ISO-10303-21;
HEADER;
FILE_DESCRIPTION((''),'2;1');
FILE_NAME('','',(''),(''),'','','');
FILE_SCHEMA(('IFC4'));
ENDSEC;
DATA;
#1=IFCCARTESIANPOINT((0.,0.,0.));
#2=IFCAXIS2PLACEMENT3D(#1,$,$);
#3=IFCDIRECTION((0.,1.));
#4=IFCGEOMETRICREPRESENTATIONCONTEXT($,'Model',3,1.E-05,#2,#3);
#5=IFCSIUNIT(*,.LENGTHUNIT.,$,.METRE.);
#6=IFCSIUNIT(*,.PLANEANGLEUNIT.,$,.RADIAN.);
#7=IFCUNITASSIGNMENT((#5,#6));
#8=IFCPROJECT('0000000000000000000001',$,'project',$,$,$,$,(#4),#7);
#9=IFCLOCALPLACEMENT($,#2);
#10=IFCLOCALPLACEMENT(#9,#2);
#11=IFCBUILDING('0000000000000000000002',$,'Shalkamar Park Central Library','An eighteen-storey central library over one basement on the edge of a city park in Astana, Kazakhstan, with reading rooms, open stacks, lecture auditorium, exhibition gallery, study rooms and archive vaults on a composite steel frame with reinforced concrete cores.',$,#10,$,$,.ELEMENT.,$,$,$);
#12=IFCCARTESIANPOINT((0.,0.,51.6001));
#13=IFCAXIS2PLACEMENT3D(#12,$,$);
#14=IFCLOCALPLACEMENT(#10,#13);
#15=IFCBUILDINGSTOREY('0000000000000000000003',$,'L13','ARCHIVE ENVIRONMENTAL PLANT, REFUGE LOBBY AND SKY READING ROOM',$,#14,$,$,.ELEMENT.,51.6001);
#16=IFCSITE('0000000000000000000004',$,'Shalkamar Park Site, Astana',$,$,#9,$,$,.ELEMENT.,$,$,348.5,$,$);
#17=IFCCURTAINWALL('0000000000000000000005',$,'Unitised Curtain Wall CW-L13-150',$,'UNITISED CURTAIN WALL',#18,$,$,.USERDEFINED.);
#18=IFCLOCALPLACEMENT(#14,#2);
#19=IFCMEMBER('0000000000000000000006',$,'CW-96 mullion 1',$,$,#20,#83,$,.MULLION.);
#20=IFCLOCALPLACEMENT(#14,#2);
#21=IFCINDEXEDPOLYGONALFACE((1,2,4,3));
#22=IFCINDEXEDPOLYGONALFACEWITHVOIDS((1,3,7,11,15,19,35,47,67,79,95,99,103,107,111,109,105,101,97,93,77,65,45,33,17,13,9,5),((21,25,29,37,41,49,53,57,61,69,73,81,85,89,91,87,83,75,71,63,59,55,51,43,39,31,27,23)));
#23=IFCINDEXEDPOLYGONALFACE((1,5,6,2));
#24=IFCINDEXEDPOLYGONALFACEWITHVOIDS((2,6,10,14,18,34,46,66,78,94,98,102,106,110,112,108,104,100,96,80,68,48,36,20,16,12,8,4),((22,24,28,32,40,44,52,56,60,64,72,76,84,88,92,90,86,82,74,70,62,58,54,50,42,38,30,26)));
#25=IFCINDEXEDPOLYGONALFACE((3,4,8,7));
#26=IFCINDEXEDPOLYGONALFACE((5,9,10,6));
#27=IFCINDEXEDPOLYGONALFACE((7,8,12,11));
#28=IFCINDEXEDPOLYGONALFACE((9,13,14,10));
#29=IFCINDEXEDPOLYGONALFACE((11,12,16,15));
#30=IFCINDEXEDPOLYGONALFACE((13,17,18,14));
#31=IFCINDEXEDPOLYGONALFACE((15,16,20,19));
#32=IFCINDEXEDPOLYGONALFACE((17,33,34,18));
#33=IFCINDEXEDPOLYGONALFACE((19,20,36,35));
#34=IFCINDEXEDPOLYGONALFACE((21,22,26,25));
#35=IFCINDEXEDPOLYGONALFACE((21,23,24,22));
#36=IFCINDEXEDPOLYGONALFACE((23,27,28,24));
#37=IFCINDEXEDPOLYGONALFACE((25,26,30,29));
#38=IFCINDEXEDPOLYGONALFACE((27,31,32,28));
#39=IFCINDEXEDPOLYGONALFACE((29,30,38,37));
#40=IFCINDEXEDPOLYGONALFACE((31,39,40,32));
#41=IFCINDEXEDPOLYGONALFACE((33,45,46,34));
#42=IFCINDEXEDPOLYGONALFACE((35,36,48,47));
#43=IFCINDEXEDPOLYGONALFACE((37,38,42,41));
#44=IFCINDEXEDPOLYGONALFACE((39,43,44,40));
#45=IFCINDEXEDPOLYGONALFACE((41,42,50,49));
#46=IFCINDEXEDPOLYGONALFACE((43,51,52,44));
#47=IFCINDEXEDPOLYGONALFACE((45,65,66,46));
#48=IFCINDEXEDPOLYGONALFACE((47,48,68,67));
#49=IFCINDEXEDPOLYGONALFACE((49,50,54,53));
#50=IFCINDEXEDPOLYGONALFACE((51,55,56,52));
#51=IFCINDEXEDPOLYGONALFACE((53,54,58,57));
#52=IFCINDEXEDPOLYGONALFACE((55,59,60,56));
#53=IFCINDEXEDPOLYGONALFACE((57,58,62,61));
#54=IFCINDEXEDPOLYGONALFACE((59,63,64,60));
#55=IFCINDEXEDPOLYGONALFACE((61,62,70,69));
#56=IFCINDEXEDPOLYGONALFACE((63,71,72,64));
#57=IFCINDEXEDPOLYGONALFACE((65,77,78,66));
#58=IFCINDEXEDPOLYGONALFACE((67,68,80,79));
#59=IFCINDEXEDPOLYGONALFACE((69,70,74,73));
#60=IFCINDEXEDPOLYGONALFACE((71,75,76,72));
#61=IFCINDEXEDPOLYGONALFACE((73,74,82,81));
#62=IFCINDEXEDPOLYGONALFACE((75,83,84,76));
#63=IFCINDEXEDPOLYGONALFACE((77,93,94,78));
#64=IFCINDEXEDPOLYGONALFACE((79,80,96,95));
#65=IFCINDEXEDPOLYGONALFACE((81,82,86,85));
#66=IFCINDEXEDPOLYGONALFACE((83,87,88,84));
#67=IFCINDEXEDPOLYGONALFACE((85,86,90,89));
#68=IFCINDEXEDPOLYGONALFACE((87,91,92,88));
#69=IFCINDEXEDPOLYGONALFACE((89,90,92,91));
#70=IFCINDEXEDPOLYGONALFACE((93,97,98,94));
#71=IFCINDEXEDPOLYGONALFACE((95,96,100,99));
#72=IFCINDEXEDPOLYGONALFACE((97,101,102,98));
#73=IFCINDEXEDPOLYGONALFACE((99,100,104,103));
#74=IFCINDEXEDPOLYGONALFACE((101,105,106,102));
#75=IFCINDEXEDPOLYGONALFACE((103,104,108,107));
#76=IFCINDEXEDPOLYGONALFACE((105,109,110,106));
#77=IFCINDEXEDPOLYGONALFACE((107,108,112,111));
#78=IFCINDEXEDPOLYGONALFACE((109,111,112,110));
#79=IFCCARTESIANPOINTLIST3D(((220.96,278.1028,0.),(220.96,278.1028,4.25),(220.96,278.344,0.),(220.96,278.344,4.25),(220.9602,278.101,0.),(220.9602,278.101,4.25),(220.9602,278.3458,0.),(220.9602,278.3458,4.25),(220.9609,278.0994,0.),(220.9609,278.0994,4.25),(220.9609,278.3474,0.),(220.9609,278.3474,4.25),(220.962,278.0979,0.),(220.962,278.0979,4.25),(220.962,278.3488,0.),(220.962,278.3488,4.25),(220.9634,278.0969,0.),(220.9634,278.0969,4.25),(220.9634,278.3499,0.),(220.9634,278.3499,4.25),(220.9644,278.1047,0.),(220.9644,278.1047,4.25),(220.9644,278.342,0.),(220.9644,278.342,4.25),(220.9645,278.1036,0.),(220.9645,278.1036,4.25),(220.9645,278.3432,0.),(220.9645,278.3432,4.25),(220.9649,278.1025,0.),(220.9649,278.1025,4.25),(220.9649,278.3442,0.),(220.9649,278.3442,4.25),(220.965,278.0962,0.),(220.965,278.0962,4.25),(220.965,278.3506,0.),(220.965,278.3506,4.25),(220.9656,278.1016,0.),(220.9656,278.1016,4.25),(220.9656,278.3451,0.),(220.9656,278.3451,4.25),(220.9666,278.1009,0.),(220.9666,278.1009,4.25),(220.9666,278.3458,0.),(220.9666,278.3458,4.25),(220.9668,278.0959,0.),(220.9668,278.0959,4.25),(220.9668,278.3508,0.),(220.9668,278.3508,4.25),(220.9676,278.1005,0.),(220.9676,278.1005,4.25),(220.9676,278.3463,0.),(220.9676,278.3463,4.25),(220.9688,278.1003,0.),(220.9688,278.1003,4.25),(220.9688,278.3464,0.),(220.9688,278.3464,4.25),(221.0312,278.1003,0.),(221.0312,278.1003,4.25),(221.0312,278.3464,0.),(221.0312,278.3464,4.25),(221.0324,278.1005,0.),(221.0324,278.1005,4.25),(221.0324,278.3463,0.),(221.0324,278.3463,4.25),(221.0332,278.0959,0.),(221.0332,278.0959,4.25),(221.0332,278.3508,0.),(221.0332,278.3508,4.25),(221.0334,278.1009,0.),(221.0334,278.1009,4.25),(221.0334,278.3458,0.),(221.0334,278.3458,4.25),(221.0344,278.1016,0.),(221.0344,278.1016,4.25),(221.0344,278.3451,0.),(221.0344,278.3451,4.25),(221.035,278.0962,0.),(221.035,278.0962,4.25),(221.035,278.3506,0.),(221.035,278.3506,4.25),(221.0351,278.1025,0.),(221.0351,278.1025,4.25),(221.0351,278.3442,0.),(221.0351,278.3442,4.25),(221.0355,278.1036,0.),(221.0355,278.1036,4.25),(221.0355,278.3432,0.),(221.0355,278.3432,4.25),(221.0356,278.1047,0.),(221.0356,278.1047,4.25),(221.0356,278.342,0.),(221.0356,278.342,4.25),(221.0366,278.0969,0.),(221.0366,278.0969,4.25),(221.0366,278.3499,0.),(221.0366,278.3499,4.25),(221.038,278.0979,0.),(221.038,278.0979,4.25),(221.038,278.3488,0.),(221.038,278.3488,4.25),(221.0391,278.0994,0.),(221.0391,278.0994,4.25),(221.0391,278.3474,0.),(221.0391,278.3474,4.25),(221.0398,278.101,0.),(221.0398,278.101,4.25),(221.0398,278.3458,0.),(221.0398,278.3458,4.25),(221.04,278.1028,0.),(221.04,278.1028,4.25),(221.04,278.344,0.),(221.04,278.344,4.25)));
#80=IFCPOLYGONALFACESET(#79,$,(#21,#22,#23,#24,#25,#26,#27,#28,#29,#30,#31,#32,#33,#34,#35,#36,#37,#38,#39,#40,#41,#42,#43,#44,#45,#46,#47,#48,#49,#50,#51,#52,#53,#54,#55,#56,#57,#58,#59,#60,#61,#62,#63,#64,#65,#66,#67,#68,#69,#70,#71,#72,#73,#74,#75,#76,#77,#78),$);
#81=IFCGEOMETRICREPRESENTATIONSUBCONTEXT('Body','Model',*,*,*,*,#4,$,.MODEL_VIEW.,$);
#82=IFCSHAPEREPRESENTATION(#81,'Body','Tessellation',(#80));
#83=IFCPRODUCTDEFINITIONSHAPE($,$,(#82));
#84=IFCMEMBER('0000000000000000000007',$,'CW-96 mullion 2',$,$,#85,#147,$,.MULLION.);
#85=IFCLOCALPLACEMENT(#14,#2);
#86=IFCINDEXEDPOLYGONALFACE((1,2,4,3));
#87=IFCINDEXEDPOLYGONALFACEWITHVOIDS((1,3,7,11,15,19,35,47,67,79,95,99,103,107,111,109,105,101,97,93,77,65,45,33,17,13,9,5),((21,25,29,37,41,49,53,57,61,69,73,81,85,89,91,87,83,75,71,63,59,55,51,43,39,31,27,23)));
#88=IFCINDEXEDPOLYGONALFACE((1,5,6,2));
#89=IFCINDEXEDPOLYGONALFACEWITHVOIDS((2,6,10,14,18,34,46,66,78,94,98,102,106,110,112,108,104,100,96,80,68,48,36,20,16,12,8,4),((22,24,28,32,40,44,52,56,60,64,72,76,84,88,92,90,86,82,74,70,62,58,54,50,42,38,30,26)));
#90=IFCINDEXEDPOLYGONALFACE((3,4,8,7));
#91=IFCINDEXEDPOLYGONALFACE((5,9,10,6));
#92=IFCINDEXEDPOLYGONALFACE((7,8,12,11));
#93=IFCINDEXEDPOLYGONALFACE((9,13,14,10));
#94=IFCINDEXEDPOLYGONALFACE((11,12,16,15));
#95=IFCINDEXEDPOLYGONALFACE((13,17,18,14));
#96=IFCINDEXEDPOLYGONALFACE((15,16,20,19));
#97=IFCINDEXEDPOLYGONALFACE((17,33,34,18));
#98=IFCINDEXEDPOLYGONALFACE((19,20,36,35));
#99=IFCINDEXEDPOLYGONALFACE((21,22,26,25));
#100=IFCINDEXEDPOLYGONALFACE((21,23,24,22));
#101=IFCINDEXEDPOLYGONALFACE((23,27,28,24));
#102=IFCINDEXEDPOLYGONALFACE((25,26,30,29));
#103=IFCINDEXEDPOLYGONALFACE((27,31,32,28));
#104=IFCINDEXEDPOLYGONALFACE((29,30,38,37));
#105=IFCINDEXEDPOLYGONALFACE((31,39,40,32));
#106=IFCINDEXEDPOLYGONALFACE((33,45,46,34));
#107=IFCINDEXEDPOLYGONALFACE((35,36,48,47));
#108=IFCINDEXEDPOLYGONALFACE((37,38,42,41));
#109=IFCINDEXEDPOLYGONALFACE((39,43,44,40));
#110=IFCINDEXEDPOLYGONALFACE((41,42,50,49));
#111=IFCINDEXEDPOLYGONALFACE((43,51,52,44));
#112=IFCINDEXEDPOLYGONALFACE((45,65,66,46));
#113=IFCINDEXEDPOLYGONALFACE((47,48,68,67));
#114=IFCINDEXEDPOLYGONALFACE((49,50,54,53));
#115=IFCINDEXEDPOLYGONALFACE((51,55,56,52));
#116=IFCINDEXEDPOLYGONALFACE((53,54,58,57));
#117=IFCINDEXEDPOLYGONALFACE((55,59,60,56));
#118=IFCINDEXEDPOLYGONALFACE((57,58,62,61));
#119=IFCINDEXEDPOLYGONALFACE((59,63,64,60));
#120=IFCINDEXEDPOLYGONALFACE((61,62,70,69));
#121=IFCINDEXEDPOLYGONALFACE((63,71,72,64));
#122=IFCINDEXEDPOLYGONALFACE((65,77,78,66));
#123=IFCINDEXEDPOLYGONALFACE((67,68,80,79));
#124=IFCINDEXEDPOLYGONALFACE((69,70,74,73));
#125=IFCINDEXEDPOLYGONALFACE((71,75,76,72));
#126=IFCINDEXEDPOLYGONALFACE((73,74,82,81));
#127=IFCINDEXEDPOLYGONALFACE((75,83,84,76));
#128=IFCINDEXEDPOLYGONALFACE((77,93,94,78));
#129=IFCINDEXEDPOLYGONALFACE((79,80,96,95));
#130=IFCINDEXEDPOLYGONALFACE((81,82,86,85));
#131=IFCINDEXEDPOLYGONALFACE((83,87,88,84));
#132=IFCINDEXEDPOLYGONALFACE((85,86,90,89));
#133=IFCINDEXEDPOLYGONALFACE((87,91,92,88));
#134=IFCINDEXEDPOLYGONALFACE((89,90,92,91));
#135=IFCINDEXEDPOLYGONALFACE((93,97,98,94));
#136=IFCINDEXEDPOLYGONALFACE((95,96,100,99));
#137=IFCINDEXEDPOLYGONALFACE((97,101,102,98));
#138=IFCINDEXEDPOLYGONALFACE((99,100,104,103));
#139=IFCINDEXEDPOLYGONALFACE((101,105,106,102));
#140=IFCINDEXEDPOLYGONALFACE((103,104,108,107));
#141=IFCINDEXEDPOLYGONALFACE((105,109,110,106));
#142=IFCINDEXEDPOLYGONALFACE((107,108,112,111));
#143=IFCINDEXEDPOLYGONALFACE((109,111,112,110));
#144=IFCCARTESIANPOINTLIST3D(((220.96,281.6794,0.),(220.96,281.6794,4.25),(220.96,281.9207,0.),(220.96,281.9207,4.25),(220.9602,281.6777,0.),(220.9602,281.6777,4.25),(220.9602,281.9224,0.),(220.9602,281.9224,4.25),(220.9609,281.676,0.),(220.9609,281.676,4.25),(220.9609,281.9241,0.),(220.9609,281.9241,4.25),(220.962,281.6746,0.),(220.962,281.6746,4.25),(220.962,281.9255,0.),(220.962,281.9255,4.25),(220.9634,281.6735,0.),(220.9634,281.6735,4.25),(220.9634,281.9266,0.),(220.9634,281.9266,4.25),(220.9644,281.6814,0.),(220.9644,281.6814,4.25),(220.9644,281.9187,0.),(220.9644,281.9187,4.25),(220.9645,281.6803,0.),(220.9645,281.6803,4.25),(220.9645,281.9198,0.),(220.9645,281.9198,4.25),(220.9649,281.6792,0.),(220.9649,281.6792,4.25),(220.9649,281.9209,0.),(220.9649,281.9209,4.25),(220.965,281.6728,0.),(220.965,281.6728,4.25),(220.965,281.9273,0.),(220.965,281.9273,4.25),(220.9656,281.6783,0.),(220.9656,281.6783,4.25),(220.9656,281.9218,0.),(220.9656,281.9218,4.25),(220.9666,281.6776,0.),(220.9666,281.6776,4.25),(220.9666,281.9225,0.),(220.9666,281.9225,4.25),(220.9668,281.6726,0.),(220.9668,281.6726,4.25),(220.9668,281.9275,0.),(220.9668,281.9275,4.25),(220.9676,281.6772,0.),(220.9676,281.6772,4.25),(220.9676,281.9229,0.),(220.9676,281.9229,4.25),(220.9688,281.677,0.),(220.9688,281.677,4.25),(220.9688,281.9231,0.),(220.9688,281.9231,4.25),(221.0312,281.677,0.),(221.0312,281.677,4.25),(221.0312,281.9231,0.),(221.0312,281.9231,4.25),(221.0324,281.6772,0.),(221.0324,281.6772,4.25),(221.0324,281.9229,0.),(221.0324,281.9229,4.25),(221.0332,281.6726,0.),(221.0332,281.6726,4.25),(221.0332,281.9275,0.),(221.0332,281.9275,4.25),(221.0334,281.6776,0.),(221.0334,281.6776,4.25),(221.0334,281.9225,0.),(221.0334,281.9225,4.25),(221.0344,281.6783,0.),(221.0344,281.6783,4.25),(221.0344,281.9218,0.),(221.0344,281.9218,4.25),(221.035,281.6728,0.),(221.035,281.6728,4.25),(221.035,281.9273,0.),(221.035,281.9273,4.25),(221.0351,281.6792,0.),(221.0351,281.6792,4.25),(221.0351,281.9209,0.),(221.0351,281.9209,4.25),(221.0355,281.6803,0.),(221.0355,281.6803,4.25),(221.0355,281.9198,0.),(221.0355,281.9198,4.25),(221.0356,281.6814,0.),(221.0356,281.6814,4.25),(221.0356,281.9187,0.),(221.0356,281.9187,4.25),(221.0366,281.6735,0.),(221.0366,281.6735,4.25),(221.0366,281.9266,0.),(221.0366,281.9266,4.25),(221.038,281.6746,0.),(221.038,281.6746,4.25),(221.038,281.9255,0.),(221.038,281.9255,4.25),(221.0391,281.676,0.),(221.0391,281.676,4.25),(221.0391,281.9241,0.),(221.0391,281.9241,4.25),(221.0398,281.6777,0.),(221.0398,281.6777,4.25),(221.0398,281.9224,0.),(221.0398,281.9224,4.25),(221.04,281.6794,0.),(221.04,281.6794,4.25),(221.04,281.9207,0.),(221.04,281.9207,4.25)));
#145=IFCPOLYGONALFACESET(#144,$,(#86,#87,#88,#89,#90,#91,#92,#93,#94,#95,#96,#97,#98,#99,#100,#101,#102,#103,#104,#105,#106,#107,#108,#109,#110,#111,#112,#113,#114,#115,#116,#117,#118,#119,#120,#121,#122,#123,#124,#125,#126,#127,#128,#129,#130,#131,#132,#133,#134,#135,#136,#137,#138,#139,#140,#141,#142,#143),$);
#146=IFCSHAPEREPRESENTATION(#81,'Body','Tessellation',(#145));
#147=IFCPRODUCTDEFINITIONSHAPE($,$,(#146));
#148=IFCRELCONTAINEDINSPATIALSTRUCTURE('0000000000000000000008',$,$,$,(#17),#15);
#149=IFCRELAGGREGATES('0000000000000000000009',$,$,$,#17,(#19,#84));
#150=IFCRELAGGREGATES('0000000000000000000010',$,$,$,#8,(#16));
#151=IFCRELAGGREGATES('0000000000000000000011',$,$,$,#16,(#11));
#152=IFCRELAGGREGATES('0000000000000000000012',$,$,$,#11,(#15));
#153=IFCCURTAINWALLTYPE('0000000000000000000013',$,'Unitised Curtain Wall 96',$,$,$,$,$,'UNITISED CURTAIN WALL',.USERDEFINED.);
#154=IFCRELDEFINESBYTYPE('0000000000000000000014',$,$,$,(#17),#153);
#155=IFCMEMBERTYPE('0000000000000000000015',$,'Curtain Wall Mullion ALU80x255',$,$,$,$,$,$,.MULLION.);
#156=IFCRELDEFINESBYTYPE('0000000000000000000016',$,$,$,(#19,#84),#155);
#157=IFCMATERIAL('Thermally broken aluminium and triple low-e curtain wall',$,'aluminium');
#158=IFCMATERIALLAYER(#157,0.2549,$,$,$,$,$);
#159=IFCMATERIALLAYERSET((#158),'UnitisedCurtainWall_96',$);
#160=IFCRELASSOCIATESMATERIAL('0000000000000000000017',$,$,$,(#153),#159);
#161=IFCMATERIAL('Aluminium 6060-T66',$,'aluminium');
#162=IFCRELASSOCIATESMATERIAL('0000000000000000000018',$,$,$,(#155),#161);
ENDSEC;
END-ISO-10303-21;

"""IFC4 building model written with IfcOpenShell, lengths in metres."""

from ifc_helpers import new_model, si_unit, direction, frame, origin, origin_2d, place, context, subcontext, project, spatial, hollow_rectangle, extrude, material, layer, layer_set, material_profile, profile_set, type_object, element, aggregate, save


model = new_model("IFC4")

# Units and contexts
model_context = context("Model", 3, precision=1e-05, world=origin(), true_north=direction((0.0, 1.0)))
body_context = subcontext(model_context, "Body", "Model", "MODEL_VIEW")
ifc_project = project(units=[si_unit("LENGTHUNIT", "METRE"), si_unit("PLANEANGLEUNIT", "RADIAN")], contexts=[model_context])

# Site, building, storey
site_placement = place(None, origin())
site = spatial("IfcSite", under=ifc_project, at=site_placement, Name="Shalkamar Park Site, Astana", CompositionType="ELEMENT", RefElevation=348.5)
building_placement = place(site_placement, origin())
building = spatial("IfcBuilding", under=site, at=building_placement, Name="Shalkamar Park Central Library", Description="An eighteen-storey central library over one basement on the edge of a city park in Astana, Kazakhstan, with reading rooms, open stacks, lecture auditorium, exhibition gallery, study rooms and archive vaults on a composite steel frame with reinforced concrete cores.", CompositionType="ELEMENT")
storey_placement = place(building_placement, frame((0.0, 0.0, 51.6001)))
storey = spatial("IfcBuildingStorey", under=building, at=storey_placement, Name="L13", Description="ARCHIVE ENVIRONMENTAL PLANT, REFUGE LOBBY AND SKY READING ROOM", CompositionType="ELEMENT", Elevation=51.6001)

# Curtain wall, members
ifc_material_1 = material(Name="Thermally broken aluminium and triple low-e curtain wall", Category="aluminium")
ifc_layer_1 = layer(ifc_material_1, 0.2549)
ifc_layer_set_1 = layer_set([ifc_layer_1], Name="UnitisedCurtainWall_96")
curtain_wall_type = type_object("IfcCurtainWallType", Name="Unitised Curtain Wall 96", ElementType="UNITISED CURTAIN WALL", PredefinedType="USERDEFINED", material=ifc_layer_set_1)
curtain_wall_placement = place(storey_placement, origin())
curtain_wall = element("IfcCurtainWall", 1, at=curtain_wall_placement, inside=storey, type_object=curtain_wall_type, Name="Unitised Curtain Wall CW-L13-150", ObjectType="UNITISED CURTAIN WALL", PredefinedType="USERDEFINED")
ifc_material_2 = material(Name="Aluminium 6060-T66", Category="aluminium")
ifc_material_profile_1 = material_profile(ifc_material_2, hollow_rectangle(XDim=0.0801, YDim=0.2549, WallThickness=0.0044, InnerFilletRadius=0.0044, OuterFilletRadius=0.0068, at=origin_2d()), Name="ALU 80x255x4.5")
ifc_profile_set_1 = profile_set([ifc_material_profile_1], Name="Aluminium 6060-T66")
member_type_1 = type_object("IfcMemberType", Name="Curtain Wall Mullion ALU80x255", PredefinedType="MULLION", material=ifc_profile_set_1)
member_1_placement = place(storey_placement, frame((221.0, 278.2234, 0.0), z_axis=(0.0, 0.0, 1.0), x_axis=(-1.0, 0.0, 0.0)))
member_1 = element("IfcMember", 2, at=member_1_placement, type_object=member_type_1, Name="CW-96 mullion 1", PredefinedType="MULLION", context=body_context, shape_type="SweptSolid", body=[
    extrude(hollow_rectangle(XDim=0.0801, YDim=0.2549, WallThickness=0.0044, InnerFilletRadius=0.0044, OuterFilletRadius=0.0068, at=origin_2d()), origin(), (0.0, 0.0, 1.0), 4.25),
])
member_2_placement = place(storey_placement, frame((221.0, 281.8, 0.0), z_axis=(0.0, 0.0, 1.0), x_axis=(-1.0, 0.0, 0.0)))
member_2 = element("IfcMember", 3, at=member_2_placement, type_object=member_type_1, Name="CW-96 mullion 2", PredefinedType="MULLION", context=body_context, shape_type="SweptSolid", body=[
    extrude(hollow_rectangle(XDim=0.0801, YDim=0.2549, WallThickness=0.0044, InnerFilletRadius=0.0044, OuterFilletRadius=0.0068, at=origin_2d()), origin(), (0.0, 0.0, 1.0), 4.25),
])

aggregate(curtain_wall, [member_1, member_2])

save(model, "model.ifc")
